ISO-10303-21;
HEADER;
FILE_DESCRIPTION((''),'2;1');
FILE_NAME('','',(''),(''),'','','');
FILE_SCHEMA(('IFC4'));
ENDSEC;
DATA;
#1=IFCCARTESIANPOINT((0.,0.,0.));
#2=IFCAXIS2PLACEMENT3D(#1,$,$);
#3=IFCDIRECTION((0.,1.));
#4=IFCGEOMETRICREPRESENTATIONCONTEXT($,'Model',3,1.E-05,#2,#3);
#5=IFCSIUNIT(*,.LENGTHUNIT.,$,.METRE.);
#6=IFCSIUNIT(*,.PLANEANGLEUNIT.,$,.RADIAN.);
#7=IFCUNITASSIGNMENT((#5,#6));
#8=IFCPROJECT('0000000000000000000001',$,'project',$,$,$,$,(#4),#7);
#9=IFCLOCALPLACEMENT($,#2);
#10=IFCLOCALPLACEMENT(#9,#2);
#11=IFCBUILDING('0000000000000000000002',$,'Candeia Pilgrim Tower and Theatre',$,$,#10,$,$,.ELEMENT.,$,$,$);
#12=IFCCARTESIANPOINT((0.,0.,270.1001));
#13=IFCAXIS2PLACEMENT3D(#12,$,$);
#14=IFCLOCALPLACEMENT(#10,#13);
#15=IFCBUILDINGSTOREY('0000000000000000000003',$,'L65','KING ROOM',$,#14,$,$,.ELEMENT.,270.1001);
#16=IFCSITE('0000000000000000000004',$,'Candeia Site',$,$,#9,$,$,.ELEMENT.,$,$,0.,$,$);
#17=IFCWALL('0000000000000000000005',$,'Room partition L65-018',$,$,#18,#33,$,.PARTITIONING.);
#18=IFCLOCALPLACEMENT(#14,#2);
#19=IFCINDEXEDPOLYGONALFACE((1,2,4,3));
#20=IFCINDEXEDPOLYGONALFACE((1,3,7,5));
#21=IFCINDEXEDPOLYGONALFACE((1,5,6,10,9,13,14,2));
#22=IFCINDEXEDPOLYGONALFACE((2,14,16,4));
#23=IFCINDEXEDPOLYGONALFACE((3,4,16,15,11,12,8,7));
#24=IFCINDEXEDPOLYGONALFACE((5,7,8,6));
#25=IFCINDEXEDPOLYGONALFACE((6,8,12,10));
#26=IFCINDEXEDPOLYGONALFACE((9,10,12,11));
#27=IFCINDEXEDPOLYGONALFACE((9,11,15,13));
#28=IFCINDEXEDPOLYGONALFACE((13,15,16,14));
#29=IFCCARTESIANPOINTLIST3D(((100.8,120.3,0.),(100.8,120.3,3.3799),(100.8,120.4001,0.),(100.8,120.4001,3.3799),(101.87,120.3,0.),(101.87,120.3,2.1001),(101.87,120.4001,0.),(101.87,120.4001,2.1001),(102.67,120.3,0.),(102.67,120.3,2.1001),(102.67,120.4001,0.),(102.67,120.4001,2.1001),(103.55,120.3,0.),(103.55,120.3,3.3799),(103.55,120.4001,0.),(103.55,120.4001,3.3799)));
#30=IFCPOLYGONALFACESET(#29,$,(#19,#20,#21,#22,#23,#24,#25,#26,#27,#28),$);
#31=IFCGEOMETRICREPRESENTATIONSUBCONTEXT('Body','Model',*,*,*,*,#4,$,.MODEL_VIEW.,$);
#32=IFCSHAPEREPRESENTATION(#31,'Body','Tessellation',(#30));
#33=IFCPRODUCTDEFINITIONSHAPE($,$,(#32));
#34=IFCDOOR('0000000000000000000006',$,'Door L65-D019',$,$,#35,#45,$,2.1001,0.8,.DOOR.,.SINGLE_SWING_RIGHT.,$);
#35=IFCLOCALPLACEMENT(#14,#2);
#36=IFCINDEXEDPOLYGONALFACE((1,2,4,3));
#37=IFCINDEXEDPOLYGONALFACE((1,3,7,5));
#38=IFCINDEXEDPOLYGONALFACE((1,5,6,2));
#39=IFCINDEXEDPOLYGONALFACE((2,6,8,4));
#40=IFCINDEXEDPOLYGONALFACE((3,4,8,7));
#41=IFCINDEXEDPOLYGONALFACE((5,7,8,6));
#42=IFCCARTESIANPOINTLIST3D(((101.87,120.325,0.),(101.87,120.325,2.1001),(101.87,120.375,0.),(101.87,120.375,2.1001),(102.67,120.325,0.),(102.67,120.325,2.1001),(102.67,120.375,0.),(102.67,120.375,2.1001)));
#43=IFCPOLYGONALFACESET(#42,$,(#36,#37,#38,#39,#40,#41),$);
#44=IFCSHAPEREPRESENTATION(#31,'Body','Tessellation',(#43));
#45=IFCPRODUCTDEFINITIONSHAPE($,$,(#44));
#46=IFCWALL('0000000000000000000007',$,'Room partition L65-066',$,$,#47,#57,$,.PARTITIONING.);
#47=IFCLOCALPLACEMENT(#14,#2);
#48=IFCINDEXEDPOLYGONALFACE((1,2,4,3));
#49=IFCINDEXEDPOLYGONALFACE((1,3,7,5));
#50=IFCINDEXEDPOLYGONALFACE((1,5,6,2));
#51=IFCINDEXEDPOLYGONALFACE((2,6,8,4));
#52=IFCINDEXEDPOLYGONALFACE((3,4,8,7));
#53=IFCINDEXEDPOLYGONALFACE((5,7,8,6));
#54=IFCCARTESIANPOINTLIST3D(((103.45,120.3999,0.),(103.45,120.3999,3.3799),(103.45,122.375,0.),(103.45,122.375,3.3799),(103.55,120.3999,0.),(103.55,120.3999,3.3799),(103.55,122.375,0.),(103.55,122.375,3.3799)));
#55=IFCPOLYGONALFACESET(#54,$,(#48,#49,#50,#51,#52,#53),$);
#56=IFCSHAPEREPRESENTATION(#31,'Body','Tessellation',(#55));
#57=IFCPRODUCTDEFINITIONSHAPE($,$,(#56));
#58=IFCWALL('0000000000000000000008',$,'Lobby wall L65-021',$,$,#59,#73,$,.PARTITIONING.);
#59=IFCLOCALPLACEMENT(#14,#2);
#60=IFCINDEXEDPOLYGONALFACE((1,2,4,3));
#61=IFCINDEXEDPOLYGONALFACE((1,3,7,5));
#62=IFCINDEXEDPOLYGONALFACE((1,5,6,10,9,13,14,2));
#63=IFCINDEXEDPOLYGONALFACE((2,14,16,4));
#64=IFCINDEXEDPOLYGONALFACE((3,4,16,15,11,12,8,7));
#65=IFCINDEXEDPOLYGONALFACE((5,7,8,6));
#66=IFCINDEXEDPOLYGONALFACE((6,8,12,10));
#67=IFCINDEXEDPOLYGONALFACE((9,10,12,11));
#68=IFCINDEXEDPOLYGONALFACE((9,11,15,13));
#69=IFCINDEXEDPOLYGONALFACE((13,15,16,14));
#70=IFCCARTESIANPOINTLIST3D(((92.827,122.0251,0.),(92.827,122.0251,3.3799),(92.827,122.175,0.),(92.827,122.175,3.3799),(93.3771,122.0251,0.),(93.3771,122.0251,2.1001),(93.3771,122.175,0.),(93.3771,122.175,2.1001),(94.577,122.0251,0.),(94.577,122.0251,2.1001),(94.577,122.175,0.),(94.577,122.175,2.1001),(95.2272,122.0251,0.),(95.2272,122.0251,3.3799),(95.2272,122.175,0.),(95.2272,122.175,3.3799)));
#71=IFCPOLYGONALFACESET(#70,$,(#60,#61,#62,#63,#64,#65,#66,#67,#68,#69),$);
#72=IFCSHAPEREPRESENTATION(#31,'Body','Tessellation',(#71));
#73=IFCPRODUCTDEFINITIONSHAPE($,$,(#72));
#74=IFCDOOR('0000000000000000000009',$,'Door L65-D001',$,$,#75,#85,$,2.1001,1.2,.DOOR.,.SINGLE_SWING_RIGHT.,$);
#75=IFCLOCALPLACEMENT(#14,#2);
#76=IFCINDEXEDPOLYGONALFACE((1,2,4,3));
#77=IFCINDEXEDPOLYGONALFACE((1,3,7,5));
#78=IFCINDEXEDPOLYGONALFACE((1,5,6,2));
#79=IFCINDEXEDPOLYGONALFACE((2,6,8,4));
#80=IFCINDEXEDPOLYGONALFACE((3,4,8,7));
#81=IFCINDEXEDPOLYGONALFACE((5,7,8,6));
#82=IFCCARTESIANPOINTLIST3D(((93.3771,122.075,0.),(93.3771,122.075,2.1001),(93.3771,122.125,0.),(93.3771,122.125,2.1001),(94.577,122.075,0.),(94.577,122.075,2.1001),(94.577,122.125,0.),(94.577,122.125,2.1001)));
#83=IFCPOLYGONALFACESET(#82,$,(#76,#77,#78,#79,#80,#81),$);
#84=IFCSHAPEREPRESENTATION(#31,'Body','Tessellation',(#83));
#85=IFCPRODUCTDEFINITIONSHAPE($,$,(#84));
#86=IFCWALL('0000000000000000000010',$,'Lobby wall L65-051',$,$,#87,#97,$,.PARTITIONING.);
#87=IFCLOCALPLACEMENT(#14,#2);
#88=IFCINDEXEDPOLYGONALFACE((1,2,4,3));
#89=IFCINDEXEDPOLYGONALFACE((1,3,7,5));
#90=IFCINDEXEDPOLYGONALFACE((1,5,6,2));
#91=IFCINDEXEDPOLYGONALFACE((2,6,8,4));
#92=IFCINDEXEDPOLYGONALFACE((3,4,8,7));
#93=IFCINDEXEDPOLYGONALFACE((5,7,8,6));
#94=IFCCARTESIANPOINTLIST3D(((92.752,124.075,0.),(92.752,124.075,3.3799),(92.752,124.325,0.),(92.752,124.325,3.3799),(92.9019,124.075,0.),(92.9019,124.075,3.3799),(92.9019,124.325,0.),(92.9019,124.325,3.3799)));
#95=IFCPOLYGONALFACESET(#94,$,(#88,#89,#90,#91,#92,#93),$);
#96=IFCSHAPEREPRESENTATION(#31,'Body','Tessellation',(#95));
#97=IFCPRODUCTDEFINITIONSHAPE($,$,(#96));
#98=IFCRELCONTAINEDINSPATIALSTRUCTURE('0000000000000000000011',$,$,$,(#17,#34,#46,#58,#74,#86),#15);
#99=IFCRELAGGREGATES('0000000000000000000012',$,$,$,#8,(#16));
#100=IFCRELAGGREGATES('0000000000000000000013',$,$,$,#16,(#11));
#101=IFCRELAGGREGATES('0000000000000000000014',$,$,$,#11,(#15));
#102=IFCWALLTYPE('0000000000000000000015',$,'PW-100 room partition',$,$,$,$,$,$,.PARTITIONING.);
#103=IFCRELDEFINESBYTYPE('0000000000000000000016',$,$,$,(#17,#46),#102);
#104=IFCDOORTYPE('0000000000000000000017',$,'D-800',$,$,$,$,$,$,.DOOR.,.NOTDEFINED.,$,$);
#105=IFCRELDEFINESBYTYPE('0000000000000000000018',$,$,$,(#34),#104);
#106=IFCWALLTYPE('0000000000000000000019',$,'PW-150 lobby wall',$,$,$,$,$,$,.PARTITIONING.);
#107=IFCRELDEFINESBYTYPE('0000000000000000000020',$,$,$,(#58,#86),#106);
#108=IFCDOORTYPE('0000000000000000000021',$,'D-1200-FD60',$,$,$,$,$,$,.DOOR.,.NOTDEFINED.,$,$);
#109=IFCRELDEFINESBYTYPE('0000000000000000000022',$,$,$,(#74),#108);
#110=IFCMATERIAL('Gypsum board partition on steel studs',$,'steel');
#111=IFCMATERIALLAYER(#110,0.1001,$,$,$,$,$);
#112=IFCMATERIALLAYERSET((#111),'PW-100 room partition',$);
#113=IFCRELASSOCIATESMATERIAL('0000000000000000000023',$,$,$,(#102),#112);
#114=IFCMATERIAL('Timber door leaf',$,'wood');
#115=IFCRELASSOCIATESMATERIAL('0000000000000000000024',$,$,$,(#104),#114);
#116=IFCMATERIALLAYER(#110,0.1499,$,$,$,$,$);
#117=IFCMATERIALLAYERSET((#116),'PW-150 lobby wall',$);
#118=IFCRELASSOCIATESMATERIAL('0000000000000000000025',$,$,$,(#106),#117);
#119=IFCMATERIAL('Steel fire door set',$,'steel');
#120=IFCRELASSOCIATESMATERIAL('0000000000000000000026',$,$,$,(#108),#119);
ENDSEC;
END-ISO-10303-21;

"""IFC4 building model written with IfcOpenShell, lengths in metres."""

from ifc_helpers import new_model, si_unit, direction, frame, frame_2d, origin, place, context, subcontext, project, spatial, rectangle, extrude, material, layer, layer_set, type_object, element, fill, save


model = new_model("IFC4")

# Units and contexts
model_context = context("Model", 3, precision=1e-05, world=origin(), true_north=direction((0.0, 1.0)))
body_context = subcontext(model_context, "Body", "Model", "MODEL_VIEW")
ifc_project = project(units=[si_unit("LENGTHUNIT", "METRE"), si_unit("PLANEANGLEUNIT", "RADIAN")], contexts=[model_context])

# Site, building, storey
site_placement = place(None, origin())
site = spatial("IfcSite", under=ifc_project, at=site_placement, Name="Candeia Site", CompositionType="ELEMENT", RefElevation=0.0)
building_placement = place(site_placement, origin())
building = spatial("IfcBuilding", under=site, at=building_placement, Name="Candeia Pilgrim Tower and Theatre", CompositionType="ELEMENT")
storey_placement = place(building_placement, frame((0.0, 0.0, 270.1001)))
storey = spatial("IfcBuildingStorey", under=building, at=storey_placement, Name="L65", Description="KING ROOM", CompositionType="ELEMENT", Elevation=270.1001)

# Wall, opening, door
ifc_material_1 = material(Name="Gypsum board partition on steel studs", Category="steel")
ifc_layer_1 = layer(ifc_material_1, 0.1001)
ifc_layer_set_1 = layer_set([ifc_layer_1], Name="PW-100 room partition")
wall_type_1 = type_object("IfcWallType", Name="PW-100 room partition", PredefinedType="PARTITIONING", material=ifc_layer_set_1)
wall_1_placement = place(storey_placement, frame((100.8, 120.3501, 0.0), z_axis=(0.0, 0.0, 1.0), x_axis=(1.0, 0.0, 0.0)))
wall_1 = element("IfcWall", 1, at=wall_1_placement, inside=storey, type_object=wall_type_1, Name="Room partition L65-018", PredefinedType="PARTITIONING", context=body_context, shape_type="SweptSolid", body=[
    extrude(rectangle(XDim=2.75, YDim=0.1001, at=frame_2d((1.375, 0.0))), origin(), (0.0, 0.0, 1.0), 3.3799),
])
opening_1_placement = place(wall_1_placement, frame((1.0701, 0.0, 0.0)))
opening_1 = element("IfcOpeningElement", 2, at=opening_1_placement, cuts=wall_1, PredefinedType="OPENING", context=body_context, shape_type="SweptSolid", body=[
    extrude(rectangle(XDim=0.8, YDim=2.1001, at=frame_2d((0.3999, 1.05))), frame((0.0, 0.0601, 0.0), z_axis=(0.0, -1.0, 0.0), x_axis=(1.0, 0.0, 0.0)), (0.0, 0.0, 1.0), 0.1201),
])
ifc_material_2 = material(Name="Timber door leaf", Category="wood")
door_type_1 = type_object("IfcDoorType", Name="D-800", OperationType="NOTDEFINED", PredefinedType="DOOR", material=ifc_material_2)
door_1_placement = place(opening_1_placement, origin())
door_1 = element("IfcDoor", 3, at=door_1_placement, inside=storey, type_object=door_type_1, Name="Door L65-D019", OperationType="SINGLE_SWING_RIGHT", OverallHeight=2.1001, OverallWidth=0.8, PredefinedType="DOOR", context=body_context, shape_type="SweptSolid", body=[
    extrude(rectangle(XDim=0.8, YDim=2.1001, at=frame_2d((0.3999, 1.05))), frame((0.0, 0.0249, 0.0), z_axis=(0.0, -1.0, 0.0), x_axis=(1.0, 0.0, 0.0)), (0.0, 0.0, 1.0), 0.05),
])
fill(opening_1, door_1)

# Wall
wall_2_placement = place(storey_placement, frame((103.5, 120.3999, 0.0), z_axis=(0.0, 0.0, 1.0), x_axis=(0.0, 1.0, 0.0)))
element("IfcWall", 4, at=wall_2_placement, inside=storey, type_object=wall_type_1, Name="Room partition L65-066", PredefinedType="PARTITIONING", context=body_context, shape_type="SweptSolid", body=[
    extrude(rectangle(XDim=1.9751, YDim=0.1001, at=frame_2d((0.9875, 0.0))), origin(), (0.0, 0.0, 1.0), 3.3799),
])

# Wall, opening, door
ifc_layer_2 = layer(ifc_material_1, 0.1499)
ifc_layer_set_2 = layer_set([ifc_layer_2], Name="PW-150 lobby wall")
wall_type_2 = type_object("IfcWallType", Name="PW-150 lobby wall", PredefinedType="PARTITIONING", material=ifc_layer_set_2)
wall_3_placement = place(storey_placement, frame((92.8269, 122.1001, 0.0), z_axis=(0.0, 0.0, 1.0), x_axis=(1.0, 0.0, 0.0)))
wall_3 = element("IfcWall", 5, at=wall_3_placement, inside=storey, type_object=wall_type_2, Name="Lobby wall L65-021", PredefinedType="PARTITIONING", context=body_context, shape_type="SweptSolid", body=[
    extrude(rectangle(XDim=2.4001, YDim=0.1499, at=frame_2d((1.2002, 0.0))), origin(), (0.0, 0.0, 1.0), 3.3799),
])
opening_2_placement = place(wall_3_placement, frame((0.55, 0.0, 0.0)))
opening_2 = element("IfcOpeningElement", 6, at=opening_2_placement, cuts=wall_3, PredefinedType="OPENING", context=body_context, shape_type="SweptSolid", body=[
    extrude(rectangle(XDim=1.2, YDim=2.1001, at=frame_2d((0.6001, 1.05))), frame((0.0, 0.085, 0.0), z_axis=(0.0, -1.0, 0.0), x_axis=(1.0, 0.0, 0.0)), (0.0, 0.0, 1.0), 0.1699),
])
ifc_material_3 = material(Name="Steel fire door set", Category="steel")
door_type_2 = type_object("IfcDoorType", Name="D-1200-FD60", OperationType="NOTDEFINED", PredefinedType="DOOR", material=ifc_material_3)
door_2_placement = place(opening_2_placement, origin())
door_2 = element("IfcDoor", 7, at=door_2_placement, inside=storey, type_object=door_type_2, Name="Door L65-D001", OperationType="SINGLE_SWING_RIGHT", OverallHeight=2.1001, OverallWidth=1.2, PredefinedType="DOOR", context=body_context, shape_type="SweptSolid", body=[
    extrude(rectangle(XDim=1.2, YDim=2.1001, at=frame_2d((0.6001, 1.05))), frame((0.0, 0.0249, 0.0), z_axis=(0.0, -1.0, 0.0), x_axis=(1.0, 0.0, 0.0)), (0.0, 0.0, 1.0), 0.05),
])
fill(opening_2, door_2)

# Wall
wall_4_placement = place(storey_placement, frame((92.8269, 124.075, 0.0), z_axis=(0.0, 0.0, 1.0), x_axis=(0.0, 1.0, 0.0)))
element("IfcWall", 8, at=wall_4_placement, inside=storey, type_object=wall_type_2, Name="Lobby wall L65-051", PredefinedType="PARTITIONING", context=body_context, shape_type="SweptSolid", body=[
    extrude(rectangle(XDim=0.25, YDim=0.1499, at=frame_2d((0.125, 0.0))), origin(), (0.0, 0.0, 1.0), 3.3799),
])

save(model, "model.ifc")
